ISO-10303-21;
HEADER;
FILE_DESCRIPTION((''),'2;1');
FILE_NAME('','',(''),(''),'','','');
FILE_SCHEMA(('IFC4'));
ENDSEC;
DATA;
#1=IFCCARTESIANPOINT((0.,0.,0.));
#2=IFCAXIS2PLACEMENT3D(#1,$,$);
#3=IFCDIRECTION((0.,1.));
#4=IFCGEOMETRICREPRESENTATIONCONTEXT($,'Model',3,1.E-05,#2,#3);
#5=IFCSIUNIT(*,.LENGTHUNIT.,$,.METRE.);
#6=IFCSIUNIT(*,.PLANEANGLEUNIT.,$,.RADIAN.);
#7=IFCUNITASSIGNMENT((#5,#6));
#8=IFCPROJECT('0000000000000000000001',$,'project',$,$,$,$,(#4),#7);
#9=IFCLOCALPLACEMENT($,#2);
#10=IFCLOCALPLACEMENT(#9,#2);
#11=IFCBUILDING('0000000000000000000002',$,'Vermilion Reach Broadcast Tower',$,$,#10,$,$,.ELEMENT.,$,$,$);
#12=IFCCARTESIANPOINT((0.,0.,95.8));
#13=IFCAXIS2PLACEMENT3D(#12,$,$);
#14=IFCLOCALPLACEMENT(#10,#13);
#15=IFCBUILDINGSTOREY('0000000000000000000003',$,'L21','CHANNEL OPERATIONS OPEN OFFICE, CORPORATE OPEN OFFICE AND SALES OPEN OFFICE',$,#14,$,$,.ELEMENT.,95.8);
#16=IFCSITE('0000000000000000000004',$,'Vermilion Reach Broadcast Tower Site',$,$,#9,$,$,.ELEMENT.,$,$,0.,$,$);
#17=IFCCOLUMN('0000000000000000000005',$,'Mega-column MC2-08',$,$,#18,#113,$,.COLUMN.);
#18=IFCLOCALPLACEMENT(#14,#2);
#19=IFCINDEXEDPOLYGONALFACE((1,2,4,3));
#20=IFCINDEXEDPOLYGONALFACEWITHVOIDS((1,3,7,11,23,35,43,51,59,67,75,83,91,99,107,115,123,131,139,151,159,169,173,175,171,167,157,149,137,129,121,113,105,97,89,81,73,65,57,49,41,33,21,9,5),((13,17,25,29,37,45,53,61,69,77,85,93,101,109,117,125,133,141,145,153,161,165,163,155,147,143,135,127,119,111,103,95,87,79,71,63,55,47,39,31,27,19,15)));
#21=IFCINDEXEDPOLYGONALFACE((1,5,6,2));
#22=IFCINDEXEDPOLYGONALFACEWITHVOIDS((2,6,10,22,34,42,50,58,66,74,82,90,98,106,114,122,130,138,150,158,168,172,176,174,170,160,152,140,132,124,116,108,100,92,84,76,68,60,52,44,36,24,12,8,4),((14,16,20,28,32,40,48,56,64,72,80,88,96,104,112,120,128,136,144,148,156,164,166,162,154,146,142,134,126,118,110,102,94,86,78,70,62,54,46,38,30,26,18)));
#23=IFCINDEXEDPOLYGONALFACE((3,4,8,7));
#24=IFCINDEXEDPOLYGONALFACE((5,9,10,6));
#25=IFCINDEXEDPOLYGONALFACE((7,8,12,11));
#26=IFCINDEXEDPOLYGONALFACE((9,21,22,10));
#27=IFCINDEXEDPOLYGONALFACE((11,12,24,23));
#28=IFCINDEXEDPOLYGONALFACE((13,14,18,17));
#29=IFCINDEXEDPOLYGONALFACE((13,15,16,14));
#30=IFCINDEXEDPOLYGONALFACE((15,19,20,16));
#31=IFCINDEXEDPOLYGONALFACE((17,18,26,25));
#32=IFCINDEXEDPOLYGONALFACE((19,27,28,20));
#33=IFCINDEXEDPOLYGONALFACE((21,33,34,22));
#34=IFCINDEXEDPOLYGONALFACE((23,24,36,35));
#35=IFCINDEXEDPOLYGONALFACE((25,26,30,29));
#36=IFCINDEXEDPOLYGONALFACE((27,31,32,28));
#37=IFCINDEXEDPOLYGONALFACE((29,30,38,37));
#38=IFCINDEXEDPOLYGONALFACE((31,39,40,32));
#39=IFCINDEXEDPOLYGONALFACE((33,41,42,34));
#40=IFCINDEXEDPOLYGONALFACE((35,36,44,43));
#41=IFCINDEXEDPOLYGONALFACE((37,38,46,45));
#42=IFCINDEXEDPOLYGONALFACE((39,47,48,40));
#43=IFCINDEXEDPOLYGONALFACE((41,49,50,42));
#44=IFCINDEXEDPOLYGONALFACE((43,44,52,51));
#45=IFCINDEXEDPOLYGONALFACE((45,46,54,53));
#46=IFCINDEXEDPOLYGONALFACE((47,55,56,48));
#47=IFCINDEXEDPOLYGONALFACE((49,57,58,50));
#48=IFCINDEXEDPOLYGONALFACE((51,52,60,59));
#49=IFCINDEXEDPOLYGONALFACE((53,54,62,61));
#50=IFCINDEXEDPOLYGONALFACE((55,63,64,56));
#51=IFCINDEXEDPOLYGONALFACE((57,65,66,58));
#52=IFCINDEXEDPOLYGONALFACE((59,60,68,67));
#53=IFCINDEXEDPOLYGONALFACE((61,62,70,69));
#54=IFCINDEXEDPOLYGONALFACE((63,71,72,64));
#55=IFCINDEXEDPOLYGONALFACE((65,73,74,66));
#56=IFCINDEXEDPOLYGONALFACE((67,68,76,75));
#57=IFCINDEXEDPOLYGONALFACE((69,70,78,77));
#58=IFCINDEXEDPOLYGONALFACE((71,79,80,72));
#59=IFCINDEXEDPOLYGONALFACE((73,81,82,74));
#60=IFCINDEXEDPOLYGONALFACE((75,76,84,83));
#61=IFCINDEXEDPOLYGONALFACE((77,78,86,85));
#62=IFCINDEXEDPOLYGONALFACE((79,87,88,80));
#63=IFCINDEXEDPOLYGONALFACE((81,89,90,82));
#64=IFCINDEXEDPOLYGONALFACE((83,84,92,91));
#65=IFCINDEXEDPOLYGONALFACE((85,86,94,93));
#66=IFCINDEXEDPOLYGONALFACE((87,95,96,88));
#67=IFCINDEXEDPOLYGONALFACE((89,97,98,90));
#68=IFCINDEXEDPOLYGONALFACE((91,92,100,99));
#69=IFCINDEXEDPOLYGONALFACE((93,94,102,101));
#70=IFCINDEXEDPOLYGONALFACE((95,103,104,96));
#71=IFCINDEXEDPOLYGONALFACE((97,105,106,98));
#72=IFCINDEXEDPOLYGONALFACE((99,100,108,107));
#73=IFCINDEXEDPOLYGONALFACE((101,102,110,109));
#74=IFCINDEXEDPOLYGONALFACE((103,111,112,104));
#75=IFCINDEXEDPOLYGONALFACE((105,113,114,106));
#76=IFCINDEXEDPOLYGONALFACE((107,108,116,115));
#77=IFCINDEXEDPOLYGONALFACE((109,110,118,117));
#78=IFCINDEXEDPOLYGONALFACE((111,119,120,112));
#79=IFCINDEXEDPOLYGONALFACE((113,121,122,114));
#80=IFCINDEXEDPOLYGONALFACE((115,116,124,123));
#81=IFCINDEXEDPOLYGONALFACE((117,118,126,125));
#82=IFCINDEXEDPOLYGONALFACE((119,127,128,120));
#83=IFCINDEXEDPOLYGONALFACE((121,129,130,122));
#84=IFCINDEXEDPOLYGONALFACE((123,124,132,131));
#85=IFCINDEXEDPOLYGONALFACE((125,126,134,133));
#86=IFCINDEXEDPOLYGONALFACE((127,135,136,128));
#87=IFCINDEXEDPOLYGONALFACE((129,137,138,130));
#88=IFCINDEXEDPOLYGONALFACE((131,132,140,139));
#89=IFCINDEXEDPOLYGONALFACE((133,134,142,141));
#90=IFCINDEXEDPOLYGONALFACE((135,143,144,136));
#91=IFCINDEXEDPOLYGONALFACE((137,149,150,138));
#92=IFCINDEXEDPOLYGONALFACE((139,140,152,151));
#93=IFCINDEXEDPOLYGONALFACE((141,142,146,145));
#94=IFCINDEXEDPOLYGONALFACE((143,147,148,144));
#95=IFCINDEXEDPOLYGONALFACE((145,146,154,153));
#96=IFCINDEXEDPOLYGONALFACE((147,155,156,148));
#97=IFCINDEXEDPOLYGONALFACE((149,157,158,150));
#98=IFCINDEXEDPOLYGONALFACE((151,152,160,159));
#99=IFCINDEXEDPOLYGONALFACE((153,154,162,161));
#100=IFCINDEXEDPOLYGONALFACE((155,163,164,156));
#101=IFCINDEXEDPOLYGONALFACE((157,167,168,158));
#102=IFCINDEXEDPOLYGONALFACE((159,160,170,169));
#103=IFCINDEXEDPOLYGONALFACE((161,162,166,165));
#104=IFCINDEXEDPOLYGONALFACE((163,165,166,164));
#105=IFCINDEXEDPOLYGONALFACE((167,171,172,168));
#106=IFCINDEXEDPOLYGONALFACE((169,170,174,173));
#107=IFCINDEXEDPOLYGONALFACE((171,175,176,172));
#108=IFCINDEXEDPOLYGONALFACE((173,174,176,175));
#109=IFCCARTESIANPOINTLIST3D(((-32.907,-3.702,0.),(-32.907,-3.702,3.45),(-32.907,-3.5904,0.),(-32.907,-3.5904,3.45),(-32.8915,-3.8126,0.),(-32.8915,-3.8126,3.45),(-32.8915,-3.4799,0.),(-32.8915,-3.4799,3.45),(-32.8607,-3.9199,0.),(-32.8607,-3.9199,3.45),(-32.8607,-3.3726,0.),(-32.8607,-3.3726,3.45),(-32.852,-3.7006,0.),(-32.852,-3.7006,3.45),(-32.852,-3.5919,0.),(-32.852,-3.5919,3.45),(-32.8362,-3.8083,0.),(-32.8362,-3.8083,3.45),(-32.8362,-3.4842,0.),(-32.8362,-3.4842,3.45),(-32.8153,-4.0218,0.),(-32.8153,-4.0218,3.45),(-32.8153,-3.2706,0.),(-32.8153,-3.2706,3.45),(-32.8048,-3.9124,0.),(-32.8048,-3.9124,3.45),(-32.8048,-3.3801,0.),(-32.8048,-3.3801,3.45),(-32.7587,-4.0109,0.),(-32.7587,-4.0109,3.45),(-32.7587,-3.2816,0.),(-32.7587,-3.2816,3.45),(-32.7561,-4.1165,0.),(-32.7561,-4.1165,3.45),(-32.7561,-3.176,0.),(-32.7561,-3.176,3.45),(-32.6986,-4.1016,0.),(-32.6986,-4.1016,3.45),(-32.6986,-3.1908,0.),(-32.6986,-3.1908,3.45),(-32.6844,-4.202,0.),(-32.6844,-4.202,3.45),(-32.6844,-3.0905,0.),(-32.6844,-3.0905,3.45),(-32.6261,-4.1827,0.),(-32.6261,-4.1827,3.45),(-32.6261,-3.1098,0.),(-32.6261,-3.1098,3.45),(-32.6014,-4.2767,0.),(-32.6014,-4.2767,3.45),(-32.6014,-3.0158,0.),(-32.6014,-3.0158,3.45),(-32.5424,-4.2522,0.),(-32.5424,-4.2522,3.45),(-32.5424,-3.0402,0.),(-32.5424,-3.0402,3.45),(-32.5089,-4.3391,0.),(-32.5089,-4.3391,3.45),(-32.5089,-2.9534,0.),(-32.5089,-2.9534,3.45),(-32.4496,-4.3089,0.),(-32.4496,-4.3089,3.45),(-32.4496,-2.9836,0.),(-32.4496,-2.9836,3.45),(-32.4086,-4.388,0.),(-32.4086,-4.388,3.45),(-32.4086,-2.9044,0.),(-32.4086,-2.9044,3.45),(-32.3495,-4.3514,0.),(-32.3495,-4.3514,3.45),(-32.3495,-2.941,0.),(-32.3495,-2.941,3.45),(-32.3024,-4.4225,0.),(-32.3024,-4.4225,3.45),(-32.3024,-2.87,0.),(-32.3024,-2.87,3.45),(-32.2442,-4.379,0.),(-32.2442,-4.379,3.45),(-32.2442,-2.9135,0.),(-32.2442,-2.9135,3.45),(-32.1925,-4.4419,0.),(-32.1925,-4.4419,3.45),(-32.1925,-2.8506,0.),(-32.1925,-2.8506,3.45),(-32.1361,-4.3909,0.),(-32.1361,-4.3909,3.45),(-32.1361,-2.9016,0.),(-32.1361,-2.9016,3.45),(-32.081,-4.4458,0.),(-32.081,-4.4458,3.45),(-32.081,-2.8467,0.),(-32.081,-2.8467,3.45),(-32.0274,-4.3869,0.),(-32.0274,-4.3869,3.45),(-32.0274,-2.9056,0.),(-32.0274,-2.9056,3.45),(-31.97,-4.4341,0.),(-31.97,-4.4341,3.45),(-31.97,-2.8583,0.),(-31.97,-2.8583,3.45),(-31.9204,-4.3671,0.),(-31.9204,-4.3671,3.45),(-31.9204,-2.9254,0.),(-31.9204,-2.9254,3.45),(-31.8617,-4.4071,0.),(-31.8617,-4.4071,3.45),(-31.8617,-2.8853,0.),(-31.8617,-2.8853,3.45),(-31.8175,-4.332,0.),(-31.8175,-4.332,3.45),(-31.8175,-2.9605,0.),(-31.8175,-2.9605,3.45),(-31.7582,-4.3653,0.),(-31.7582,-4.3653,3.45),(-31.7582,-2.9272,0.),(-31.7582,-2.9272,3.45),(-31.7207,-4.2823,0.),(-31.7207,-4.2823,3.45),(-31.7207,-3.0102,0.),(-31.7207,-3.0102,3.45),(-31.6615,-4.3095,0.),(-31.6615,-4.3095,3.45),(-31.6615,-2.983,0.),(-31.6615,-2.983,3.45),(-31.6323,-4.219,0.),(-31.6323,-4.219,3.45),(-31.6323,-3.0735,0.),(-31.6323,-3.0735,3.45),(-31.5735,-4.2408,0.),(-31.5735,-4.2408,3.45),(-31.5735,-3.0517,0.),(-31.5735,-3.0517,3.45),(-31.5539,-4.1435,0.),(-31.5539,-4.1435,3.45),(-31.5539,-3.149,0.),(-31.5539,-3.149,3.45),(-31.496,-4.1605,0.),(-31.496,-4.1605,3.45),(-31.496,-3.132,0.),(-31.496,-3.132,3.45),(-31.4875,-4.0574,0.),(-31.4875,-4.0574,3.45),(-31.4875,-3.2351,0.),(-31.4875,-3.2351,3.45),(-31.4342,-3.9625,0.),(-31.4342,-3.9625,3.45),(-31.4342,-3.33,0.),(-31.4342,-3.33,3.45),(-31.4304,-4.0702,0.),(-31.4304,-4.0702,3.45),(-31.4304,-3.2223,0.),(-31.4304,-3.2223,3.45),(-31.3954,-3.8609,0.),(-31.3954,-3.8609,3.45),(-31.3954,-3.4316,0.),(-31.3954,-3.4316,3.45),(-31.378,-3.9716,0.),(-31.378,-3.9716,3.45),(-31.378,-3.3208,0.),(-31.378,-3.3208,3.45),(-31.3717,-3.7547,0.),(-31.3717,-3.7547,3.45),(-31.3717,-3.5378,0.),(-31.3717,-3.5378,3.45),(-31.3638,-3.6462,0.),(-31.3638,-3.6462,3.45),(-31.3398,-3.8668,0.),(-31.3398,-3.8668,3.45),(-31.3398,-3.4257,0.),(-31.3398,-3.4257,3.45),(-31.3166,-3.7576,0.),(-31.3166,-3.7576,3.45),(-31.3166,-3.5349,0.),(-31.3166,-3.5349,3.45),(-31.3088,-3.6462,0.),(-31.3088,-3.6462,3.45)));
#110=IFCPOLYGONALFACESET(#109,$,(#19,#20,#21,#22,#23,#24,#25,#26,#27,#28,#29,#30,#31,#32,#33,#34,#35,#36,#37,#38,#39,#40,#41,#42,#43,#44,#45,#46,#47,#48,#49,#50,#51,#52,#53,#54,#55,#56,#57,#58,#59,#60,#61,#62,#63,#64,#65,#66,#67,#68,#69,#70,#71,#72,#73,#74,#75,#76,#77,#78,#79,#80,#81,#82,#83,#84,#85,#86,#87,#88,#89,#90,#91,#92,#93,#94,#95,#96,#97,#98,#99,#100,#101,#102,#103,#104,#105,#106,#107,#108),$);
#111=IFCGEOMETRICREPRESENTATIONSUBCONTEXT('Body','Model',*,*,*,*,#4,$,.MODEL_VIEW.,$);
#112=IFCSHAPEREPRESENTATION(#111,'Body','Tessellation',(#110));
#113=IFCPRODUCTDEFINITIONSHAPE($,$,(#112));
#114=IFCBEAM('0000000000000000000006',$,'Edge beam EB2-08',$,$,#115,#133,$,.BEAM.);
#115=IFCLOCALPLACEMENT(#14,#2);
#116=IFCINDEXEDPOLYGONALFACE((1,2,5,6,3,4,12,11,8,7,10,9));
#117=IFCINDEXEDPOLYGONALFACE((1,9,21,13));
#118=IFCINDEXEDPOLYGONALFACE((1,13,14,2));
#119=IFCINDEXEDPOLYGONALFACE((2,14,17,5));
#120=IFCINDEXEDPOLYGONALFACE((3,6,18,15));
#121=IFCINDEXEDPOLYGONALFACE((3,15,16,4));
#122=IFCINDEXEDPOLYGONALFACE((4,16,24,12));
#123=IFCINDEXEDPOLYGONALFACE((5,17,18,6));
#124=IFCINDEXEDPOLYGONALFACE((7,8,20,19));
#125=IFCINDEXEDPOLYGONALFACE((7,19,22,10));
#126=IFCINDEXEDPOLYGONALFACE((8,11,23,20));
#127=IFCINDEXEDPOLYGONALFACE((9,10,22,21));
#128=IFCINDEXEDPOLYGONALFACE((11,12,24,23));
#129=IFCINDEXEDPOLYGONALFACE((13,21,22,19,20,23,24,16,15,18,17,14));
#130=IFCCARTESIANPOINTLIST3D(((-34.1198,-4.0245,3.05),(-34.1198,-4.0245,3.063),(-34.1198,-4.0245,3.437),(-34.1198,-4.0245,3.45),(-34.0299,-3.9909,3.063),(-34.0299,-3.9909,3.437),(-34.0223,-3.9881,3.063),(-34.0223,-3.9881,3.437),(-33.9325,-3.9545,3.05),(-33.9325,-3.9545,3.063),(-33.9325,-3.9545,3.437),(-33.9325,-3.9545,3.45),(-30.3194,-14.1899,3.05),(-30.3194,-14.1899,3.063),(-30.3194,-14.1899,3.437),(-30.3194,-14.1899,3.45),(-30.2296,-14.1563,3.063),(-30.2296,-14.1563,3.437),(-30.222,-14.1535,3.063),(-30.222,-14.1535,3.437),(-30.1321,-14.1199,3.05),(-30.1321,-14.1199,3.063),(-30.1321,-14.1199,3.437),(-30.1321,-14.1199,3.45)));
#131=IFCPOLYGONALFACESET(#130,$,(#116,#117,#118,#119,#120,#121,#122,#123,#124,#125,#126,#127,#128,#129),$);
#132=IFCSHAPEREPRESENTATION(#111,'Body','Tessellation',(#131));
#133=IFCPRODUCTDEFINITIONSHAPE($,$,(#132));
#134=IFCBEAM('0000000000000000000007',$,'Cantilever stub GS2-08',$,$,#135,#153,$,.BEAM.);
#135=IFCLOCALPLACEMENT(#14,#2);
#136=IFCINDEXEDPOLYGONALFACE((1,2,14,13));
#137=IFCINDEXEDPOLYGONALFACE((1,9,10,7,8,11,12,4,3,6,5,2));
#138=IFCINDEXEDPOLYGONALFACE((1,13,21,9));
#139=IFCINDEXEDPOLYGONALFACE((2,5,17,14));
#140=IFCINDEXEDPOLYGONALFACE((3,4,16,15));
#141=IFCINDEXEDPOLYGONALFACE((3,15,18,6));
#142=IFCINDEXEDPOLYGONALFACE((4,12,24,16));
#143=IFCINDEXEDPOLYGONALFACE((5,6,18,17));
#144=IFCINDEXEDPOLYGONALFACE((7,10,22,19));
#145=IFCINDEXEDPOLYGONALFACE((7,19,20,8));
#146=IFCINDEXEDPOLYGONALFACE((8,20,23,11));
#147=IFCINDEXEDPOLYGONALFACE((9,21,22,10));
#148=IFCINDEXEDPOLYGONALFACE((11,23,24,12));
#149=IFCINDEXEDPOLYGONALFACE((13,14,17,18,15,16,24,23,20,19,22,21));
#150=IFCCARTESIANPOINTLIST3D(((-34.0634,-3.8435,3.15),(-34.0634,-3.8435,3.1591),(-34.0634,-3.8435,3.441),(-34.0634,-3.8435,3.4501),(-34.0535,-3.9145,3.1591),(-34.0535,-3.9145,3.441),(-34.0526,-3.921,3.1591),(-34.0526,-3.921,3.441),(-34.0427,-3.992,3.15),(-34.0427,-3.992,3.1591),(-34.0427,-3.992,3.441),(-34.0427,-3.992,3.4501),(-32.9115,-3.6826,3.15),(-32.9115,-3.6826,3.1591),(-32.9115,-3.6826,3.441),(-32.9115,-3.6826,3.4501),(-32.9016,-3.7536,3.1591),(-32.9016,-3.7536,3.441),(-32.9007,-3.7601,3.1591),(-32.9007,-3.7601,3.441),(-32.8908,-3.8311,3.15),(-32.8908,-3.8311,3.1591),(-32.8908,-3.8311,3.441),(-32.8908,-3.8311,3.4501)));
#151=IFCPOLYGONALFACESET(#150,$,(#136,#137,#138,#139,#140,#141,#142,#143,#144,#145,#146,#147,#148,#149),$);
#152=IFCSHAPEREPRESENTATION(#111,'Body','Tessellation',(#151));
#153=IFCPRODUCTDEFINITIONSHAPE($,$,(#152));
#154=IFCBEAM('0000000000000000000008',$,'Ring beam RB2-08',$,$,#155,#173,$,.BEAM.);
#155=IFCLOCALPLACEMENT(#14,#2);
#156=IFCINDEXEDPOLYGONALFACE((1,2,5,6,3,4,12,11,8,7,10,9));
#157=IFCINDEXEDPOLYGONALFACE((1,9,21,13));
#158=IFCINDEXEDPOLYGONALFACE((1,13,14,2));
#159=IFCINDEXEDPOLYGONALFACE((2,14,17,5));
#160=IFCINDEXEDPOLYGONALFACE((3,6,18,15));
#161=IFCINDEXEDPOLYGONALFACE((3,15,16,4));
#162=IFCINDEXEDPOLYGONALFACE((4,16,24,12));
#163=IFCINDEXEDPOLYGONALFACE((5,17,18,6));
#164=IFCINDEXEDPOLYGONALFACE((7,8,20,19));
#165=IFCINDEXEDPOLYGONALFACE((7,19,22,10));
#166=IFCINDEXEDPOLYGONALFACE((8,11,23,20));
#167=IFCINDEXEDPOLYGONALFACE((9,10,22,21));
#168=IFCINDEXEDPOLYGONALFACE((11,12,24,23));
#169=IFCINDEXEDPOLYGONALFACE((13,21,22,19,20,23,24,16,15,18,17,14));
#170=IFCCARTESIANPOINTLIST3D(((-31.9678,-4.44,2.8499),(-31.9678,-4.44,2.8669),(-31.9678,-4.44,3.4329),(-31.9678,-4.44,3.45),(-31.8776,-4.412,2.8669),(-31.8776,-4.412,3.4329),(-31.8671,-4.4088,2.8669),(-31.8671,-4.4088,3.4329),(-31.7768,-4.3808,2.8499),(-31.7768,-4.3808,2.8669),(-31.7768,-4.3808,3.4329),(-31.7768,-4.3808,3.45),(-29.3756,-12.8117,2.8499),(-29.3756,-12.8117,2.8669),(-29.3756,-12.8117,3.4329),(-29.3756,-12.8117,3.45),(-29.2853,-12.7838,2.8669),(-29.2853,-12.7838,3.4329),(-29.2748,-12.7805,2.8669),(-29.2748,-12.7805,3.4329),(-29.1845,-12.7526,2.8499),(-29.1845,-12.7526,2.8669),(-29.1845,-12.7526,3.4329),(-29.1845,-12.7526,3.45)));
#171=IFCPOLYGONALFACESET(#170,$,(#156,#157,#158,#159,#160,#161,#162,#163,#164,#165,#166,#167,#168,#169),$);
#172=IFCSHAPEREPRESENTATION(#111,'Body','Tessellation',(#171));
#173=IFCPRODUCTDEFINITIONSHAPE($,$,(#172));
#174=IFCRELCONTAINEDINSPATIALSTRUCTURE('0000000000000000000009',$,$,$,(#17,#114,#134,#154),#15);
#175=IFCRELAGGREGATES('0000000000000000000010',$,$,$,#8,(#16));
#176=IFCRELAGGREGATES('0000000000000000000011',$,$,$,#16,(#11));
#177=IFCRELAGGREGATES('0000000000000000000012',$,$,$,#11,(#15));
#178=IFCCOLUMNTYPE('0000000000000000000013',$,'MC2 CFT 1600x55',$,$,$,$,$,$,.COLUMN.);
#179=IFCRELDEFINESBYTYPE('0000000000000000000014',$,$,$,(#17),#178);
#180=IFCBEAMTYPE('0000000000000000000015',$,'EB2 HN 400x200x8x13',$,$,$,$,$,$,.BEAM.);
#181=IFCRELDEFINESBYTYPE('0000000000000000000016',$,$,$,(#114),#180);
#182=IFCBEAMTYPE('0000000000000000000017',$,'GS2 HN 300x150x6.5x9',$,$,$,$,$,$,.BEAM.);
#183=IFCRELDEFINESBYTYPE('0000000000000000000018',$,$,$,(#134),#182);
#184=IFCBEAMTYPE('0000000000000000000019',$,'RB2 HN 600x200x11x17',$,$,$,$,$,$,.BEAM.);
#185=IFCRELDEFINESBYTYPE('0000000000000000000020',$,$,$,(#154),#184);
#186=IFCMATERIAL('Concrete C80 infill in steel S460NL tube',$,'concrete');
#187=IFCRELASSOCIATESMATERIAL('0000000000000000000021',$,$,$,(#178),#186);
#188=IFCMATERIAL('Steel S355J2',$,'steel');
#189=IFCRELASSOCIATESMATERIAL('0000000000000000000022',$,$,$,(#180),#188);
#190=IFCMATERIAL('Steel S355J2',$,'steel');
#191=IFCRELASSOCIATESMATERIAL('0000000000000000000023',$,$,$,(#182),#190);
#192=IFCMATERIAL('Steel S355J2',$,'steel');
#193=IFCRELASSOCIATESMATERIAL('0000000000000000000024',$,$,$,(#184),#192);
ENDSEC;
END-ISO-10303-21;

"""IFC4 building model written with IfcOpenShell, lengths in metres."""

from ifc_helpers import new_model, si_unit, direction, frame, origin, origin_2d, place, context, subcontext, project, spatial, hollow_circle, i_section, extrude, material, material_profile, profile_set, type_object, element, save


model = new_model("IFC4")

# Units and contexts
model_context = context("Model", 3, precision=1e-05, world=origin(), true_north=direction((0.0, 1.0)))
body_context = subcontext(model_context, "Body", "Model", "MODEL_VIEW")
ifc_project = project(units=[si_unit("LENGTHUNIT", "METRE"), si_unit("PLANEANGLEUNIT", "RADIAN")], contexts=[model_context])

# Site, building, storey
site_placement = place(None, origin())
site = spatial("IfcSite", under=ifc_project, at=site_placement, Name="Vermilion Reach Broadcast Tower Site", CompositionType="ELEMENT", RefElevation=0.0)
building_placement = place(site_placement, origin())
building = spatial("IfcBuilding", under=site, at=building_placement, Name="Vermilion Reach Broadcast Tower", CompositionType="ELEMENT")
storey_placement = place(building_placement, frame((0.0, 0.0, 95.8)))
storey = spatial("IfcBuildingStorey", under=building, at=storey_placement, Name="L21", Description="CHANNEL OPERATIONS OPEN OFFICE, CORPORATE OPEN OFFICE AND SALES OPEN OFFICE", CompositionType="ELEMENT", Elevation=95.8)

# Column
ifc_material_1 = material(Name="Concrete C80 infill in steel S460NL tube", Category="concrete")
ifc_material_profile_1 = material_profile(ifc_material_1, hollow_circle(Radius=0.8, WallThickness=0.0549, at=origin_2d()), Name="Concrete C80 infill in steel S460NL tube CFT 1600x55")
ifc_profile_set_1 = profile_set([ifc_material_profile_1], Name="Concrete C80 infill in steel S460NL tube")
column_type = type_object("IfcColumnType", Name="MC2 CFT 1600x55", PredefinedType="COLUMN", material=ifc_profile_set_1)
column_placement = place(storey_placement, frame((-32.1089, -3.6462, 0.0), z_axis=(0.0, 0.0, 1.0), x_axis=(1.0, 0.0, 0.0)))
element("IfcColumn", 1, at=column_placement, inside=storey, type_object=column_type, Name="Mega-column MC2-08", PredefinedType="COLUMN", context=body_context, shape_type="SweptSolid", body=[
    extrude(hollow_circle(Radius=0.8, WallThickness=0.0549, at=origin_2d()), origin(), (0.0, 0.0, 1.0), 3.45),
])

# Beams
ifc_material_2 = material(Name="Steel S355J2", Category="steel")
ifc_material_profile_2 = material_profile(ifc_material_2, i_section(OverallWidth=0.2, OverallDepth=0.3999, WebThickness=0.0081, FlangeThickness=0.0129, at=origin_2d()), Name="S355J2 HN 400x200x8x13")
ifc_profile_set_2 = profile_set([ifc_material_profile_2], Name="Steel S355J2")
beam_type_1 = type_object("IfcBeamType", Name="EB2 HN 400x200x8x13", PredefinedType="BEAM", material=ifc_profile_set_2)
beam_1_placement = place(storey_placement, frame((-34.0261, -3.9895, 3.25), z_axis=(0.350179, -0.936683, 0.0), x_axis=(0.936683, 0.350179, 0.0)))
element("IfcBeam", 2, at=beam_1_placement, inside=storey, type_object=beam_type_1, Name="Edge beam EB2-08", PredefinedType="BEAM", context=body_context, shape_type="SweptSolid", body=[
    extrude(i_section(OverallWidth=0.2, OverallDepth=0.3999, WebThickness=0.0081, FlangeThickness=0.0129, at=origin_2d()), origin(), (0.0, 0.0, 1.0), 10.8525),
])
ifc_material_3 = material(Name="Steel S355J2", Category="steel")
ifc_material_profile_3 = material_profile(ifc_material_3, i_section(OverallWidth=0.1499, OverallDepth=0.3, WebThickness=0.0066, FlangeThickness=0.009, at=origin_2d()), Name="S355J2 HN 300x150x6.5x9")
ifc_profile_set_3 = profile_set([ifc_material_profile_3], Name="Steel S355J2")
beam_type_2 = type_object("IfcBeamType", Name="GS2 HN 300x150x6.5x9", PredefinedType="BEAM", material=ifc_profile_set_3)
beam_2_placement = place(storey_placement, frame((-32.9011, -3.7568, 3.3), z_axis=(-0.990386, -0.138335, 0.0), x_axis=(0.138335, -0.990386, 0.0)))
element("IfcBeam", 3, at=beam_2_placement, inside=storey, type_object=beam_type_2, Name="Cantilever stub GS2-08", PredefinedType="BEAM", context=body_context, shape_type="SweptSolid", body=[
    extrude(i_section(OverallWidth=0.1499, OverallDepth=0.3, WebThickness=0.0066, FlangeThickness=0.009, at=origin_2d()), origin(), (0.0, 0.0, 1.0), 1.1631),
])
ifc_material_4 = material(Name="Steel S355J2", Category="steel")
ifc_material_profile_4 = material_profile(ifc_material_4, i_section(OverallWidth=0.2, OverallDepth=0.6001, WebThickness=0.011, FlangeThickness=0.0171, at=origin_2d()), Name="S355J2 HN 600x200x11x17")
ifc_profile_set_4 = profile_set([ifc_material_profile_4], Name="Steel S355J2")
beam_type_3 = type_object("IfcBeamType", Name="RB2 HN 600x200x11x17", PredefinedType="BEAM", material=ifc_profile_set_4)
beam_3_placement = place(storey_placement, frame((-31.8723, -4.4104, 3.1499), z_axis=(0.295788, -0.955253, 0.0), x_axis=(0.955253, 0.295788, 0.0)))
element("IfcBeam", 4, at=beam_3_placement, inside=storey, type_object=beam_type_3, Name="Ring beam RB2-08", PredefinedType="BEAM", context=body_context, shape_type="SweptSolid", body=[
    extrude(i_section(OverallWidth=0.2, OverallDepth=0.6001, WebThickness=0.011, FlangeThickness=0.0171, at=origin_2d()), origin(), (0.0, 0.0, 1.0), 8.7639),
])

save(model, "model.ifc")
